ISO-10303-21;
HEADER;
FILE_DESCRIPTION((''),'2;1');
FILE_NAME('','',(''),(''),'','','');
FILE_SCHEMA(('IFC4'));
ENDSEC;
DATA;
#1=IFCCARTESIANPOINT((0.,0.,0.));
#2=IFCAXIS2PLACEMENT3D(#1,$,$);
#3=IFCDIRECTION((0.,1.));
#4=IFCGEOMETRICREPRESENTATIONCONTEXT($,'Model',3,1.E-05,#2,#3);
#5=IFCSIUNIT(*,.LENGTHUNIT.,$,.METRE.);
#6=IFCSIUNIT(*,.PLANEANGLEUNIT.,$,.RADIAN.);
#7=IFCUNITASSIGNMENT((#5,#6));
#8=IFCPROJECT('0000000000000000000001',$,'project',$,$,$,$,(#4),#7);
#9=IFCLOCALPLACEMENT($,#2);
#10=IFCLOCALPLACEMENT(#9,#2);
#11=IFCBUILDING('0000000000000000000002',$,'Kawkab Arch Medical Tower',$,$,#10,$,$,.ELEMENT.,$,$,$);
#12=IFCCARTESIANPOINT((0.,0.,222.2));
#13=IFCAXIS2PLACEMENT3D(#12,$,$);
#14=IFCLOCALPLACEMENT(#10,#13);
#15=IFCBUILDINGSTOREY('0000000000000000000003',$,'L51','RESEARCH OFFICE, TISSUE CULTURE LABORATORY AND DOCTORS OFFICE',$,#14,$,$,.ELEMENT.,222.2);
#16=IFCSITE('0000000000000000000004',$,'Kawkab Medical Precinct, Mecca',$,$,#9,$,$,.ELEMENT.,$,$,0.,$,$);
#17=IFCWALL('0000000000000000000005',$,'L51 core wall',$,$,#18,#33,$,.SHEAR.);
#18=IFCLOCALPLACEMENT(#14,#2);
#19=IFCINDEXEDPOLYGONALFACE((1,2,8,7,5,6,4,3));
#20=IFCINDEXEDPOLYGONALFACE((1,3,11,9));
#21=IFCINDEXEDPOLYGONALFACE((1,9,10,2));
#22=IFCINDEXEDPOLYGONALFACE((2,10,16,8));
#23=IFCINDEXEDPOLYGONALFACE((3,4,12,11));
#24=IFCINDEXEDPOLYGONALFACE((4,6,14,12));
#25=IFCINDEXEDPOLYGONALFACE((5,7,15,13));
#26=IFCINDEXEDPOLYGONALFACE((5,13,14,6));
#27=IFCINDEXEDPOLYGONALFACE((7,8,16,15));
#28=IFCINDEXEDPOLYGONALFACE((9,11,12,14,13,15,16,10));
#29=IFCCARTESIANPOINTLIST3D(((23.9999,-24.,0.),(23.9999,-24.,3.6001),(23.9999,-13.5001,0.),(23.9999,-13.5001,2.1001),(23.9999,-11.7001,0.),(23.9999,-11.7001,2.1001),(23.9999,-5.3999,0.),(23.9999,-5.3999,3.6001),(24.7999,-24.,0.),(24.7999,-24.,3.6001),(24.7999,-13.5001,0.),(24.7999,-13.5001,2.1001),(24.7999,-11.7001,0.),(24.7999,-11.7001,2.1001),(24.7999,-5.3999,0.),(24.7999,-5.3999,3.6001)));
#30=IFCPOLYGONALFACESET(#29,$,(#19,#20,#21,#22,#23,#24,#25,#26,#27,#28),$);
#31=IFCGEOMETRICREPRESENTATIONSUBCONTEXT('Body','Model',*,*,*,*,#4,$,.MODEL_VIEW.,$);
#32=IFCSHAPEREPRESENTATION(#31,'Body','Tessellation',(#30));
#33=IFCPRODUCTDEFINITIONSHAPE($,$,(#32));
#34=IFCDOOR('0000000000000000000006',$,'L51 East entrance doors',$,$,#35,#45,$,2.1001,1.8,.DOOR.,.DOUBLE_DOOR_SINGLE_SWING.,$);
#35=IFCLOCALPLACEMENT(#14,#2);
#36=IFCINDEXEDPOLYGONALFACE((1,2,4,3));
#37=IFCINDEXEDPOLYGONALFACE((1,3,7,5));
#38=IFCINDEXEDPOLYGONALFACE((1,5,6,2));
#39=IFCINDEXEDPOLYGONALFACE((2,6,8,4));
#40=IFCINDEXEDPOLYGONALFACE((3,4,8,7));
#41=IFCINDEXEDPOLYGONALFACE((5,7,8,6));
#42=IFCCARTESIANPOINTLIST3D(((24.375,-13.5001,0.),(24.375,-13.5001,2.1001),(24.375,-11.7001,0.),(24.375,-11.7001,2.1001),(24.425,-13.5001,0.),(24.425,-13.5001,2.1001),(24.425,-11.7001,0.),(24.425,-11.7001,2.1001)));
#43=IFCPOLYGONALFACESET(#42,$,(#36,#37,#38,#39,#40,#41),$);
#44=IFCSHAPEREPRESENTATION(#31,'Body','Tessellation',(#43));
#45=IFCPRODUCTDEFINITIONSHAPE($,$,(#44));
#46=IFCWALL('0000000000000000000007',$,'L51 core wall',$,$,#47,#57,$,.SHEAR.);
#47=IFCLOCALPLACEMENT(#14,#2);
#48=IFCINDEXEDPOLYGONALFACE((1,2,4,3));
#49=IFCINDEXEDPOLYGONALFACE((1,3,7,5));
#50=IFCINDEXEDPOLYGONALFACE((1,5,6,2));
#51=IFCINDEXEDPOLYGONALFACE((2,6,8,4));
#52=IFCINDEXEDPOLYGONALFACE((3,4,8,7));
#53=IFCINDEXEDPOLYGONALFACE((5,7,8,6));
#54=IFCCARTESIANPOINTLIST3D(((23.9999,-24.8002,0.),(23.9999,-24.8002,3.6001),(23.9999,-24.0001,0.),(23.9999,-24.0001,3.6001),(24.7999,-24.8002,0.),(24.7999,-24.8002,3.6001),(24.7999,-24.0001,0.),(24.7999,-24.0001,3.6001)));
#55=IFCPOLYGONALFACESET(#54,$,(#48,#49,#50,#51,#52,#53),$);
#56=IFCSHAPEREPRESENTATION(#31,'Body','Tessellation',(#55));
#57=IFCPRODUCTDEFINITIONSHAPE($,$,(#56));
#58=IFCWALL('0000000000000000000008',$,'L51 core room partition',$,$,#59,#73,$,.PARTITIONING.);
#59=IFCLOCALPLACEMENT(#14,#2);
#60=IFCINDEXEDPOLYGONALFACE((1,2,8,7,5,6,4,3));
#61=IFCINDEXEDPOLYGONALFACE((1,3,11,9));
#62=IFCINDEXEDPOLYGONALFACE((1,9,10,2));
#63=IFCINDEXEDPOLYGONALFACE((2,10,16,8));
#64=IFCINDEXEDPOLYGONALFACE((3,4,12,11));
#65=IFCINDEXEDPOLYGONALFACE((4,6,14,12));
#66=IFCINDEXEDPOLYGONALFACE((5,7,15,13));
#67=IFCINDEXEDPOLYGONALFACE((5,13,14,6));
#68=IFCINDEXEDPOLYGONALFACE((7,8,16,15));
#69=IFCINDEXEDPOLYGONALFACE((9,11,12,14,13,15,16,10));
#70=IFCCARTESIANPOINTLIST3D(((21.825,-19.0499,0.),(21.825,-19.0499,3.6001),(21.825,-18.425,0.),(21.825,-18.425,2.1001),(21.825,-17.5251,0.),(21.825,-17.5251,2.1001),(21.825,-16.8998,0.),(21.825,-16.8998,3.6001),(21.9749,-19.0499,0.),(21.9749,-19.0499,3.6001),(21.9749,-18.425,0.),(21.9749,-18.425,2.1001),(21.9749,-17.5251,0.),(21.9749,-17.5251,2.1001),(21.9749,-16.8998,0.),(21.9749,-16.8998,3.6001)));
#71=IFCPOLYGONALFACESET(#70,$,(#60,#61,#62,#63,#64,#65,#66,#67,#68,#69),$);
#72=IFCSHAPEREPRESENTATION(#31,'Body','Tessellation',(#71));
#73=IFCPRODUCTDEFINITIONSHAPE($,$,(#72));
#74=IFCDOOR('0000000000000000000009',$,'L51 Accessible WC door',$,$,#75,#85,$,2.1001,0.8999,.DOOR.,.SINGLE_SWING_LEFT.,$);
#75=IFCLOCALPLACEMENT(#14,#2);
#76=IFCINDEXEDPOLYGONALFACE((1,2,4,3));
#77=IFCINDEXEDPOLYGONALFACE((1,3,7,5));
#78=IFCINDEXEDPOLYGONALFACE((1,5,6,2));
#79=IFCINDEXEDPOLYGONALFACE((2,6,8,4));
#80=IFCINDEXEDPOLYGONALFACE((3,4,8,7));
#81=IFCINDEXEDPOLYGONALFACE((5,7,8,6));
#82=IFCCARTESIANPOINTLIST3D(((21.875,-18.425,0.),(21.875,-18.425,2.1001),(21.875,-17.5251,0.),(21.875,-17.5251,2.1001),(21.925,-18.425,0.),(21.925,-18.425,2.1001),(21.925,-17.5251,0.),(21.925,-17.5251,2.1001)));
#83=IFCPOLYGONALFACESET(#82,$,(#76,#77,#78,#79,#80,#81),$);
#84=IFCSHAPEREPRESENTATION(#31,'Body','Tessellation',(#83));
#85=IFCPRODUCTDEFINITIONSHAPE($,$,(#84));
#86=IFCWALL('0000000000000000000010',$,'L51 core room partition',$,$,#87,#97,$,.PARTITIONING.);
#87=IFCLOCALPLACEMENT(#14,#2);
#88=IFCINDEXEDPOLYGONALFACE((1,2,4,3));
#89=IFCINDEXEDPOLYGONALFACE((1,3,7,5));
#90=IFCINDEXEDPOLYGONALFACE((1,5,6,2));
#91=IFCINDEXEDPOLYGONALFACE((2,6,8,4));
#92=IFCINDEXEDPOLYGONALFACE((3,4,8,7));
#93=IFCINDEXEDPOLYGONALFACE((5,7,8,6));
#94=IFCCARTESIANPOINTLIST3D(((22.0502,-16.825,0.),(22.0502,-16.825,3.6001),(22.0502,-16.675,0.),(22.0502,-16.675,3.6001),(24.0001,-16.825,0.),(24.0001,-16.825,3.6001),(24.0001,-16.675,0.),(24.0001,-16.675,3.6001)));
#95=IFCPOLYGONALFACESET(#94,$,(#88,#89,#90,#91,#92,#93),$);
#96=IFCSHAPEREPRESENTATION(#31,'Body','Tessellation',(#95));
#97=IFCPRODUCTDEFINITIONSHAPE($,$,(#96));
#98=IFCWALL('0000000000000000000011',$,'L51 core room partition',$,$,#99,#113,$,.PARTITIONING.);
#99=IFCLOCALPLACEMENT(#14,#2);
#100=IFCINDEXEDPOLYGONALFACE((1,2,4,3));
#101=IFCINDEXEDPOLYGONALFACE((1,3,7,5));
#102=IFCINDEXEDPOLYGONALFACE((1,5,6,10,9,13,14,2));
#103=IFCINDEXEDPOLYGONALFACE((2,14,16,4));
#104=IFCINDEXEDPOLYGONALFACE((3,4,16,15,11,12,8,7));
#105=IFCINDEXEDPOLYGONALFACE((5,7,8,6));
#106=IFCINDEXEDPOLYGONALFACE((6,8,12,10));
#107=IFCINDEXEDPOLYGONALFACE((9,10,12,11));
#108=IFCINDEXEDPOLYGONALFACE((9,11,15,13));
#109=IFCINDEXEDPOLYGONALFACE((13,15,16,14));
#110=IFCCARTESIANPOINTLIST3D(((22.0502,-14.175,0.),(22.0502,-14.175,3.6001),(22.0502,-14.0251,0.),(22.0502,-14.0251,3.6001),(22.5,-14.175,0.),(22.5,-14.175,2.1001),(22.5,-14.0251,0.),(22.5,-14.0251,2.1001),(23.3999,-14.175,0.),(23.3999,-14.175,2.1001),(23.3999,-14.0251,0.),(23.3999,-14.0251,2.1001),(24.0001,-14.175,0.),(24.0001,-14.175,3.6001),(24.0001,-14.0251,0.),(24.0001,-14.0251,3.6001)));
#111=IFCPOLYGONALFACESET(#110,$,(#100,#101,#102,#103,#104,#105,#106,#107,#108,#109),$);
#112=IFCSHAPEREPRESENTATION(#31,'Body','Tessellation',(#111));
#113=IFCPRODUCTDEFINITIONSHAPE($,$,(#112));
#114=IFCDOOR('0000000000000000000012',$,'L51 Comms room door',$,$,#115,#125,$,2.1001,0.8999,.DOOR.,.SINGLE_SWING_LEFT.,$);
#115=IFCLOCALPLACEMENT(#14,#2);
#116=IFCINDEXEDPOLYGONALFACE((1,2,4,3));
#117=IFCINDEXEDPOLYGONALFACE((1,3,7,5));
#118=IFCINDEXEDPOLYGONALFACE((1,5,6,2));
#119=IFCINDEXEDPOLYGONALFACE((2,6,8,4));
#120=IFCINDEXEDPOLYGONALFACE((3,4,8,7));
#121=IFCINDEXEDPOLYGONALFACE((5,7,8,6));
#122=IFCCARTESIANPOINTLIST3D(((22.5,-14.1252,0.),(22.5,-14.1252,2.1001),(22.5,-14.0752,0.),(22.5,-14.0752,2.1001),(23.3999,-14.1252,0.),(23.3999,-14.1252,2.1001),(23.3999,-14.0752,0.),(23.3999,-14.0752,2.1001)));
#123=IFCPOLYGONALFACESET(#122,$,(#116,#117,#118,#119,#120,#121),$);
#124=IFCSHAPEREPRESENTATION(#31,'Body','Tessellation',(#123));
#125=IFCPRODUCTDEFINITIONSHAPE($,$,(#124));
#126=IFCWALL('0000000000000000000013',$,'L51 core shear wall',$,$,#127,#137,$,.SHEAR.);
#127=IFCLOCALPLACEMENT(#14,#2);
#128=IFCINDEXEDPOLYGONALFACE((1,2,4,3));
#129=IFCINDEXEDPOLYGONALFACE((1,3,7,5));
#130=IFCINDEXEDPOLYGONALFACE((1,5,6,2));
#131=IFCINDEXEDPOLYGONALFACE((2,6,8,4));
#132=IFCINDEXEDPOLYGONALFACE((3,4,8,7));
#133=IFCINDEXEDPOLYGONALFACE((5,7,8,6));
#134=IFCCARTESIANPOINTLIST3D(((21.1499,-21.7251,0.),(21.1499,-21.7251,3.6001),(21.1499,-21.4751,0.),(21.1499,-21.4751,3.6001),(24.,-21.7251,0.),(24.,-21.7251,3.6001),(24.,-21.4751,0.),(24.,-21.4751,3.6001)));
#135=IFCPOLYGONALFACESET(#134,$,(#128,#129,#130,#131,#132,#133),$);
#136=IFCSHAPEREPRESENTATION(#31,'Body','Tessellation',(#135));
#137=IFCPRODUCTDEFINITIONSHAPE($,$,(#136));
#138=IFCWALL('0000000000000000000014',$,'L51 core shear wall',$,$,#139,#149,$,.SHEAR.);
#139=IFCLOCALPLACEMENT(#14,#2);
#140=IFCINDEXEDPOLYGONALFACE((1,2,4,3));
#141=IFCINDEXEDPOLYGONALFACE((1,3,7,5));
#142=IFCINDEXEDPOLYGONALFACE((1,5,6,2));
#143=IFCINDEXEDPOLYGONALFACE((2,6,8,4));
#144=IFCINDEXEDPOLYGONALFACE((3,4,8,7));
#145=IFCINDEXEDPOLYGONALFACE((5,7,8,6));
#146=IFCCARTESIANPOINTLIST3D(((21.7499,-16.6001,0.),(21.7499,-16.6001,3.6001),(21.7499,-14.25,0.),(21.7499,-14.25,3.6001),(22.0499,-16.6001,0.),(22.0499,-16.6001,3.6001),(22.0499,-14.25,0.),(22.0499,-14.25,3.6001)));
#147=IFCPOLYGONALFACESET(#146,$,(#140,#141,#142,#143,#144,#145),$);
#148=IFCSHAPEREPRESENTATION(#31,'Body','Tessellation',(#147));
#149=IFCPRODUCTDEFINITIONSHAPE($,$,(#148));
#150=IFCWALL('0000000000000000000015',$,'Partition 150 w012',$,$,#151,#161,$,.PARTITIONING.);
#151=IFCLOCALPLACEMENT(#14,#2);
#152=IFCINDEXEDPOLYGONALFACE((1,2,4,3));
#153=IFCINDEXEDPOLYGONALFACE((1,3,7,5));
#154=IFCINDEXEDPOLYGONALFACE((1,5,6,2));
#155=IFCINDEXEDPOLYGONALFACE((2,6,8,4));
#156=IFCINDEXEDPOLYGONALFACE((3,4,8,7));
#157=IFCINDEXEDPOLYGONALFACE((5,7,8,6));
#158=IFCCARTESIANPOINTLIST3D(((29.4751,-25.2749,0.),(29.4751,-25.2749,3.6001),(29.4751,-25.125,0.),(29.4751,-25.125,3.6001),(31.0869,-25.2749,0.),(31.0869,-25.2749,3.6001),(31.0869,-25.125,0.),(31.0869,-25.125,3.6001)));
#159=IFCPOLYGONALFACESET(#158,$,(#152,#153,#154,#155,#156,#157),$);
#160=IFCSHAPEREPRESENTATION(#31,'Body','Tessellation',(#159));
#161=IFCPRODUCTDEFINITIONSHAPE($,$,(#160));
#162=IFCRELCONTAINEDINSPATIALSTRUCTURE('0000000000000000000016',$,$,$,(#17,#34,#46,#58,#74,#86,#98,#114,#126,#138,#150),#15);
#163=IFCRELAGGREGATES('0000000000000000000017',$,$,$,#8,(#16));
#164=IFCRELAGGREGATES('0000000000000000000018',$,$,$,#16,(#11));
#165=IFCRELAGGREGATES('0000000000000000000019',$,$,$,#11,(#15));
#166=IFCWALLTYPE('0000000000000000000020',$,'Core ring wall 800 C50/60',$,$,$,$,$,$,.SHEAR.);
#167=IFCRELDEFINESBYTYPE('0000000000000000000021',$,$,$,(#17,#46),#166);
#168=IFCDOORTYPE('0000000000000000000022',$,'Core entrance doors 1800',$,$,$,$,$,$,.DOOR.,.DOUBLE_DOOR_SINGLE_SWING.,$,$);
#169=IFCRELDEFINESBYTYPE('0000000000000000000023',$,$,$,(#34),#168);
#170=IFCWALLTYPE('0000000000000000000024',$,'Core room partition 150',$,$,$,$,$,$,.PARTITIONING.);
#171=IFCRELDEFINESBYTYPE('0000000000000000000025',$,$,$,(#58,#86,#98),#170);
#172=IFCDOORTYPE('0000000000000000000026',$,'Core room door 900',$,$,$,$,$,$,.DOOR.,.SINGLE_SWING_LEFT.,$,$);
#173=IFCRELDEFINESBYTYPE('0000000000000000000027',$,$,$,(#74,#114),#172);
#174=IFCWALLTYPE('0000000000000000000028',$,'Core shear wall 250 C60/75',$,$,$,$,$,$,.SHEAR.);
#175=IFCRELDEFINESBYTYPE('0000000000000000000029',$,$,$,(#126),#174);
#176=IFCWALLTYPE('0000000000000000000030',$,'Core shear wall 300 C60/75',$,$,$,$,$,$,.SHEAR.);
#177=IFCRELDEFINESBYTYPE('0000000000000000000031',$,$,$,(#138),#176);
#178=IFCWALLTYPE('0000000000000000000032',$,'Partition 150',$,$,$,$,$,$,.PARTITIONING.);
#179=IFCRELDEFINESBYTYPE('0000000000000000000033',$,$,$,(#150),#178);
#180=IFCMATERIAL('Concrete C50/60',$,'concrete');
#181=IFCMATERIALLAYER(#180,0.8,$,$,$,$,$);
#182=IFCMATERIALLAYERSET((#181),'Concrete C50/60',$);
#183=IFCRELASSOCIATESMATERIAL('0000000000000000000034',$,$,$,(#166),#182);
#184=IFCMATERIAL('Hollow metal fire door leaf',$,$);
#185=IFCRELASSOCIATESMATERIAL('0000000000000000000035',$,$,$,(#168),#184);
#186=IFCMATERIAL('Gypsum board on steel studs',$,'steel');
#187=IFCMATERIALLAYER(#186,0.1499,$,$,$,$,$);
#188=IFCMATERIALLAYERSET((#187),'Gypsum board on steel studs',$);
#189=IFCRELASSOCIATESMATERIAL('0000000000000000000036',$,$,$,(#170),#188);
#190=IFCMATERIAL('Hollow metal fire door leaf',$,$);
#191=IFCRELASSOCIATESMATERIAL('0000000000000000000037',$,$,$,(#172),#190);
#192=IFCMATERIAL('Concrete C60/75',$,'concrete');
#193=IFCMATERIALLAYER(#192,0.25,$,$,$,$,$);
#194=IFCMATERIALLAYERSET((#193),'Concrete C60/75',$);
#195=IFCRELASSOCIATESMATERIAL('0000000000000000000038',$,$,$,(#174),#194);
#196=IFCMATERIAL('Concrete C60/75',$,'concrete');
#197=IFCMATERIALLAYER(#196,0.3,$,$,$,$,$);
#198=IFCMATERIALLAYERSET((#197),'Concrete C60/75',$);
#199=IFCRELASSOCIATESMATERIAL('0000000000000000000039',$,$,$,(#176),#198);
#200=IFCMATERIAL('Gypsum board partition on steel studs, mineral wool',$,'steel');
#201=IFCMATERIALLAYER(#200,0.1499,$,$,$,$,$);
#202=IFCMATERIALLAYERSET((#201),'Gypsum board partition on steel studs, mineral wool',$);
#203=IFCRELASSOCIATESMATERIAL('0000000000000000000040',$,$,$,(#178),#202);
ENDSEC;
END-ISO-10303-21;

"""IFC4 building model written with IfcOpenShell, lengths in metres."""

from ifc_helpers import new_model, si_unit, direction, frame, frame_2d, origin, place, context, subcontext, project, spatial, rectangle, extrude, material, layer, layer_set, type_object, element, fill, save


model = new_model("IFC4")

# Units and contexts
model_context = context("Model", 3, precision=1e-05, world=origin(), true_north=direction((0.0, 1.0)))
body_context = subcontext(model_context, "Body", "Model", "MODEL_VIEW")
ifc_project = project(units=[si_unit("LENGTHUNIT", "METRE"), si_unit("PLANEANGLEUNIT", "RADIAN")], contexts=[model_context])

# Site, building, storey
site_placement = place(None, origin())
site = spatial("IfcSite", under=ifc_project, at=site_placement, Name="Kawkab Medical Precinct, Mecca", CompositionType="ELEMENT", RefElevation=0.0)
building_placement = place(site_placement, origin())
building = spatial("IfcBuilding", under=site, at=building_placement, Name="Kawkab Arch Medical Tower", CompositionType="ELEMENT")
storey_placement = place(building_placement, frame((0.0, 0.0, 222.2)))
storey = spatial("IfcBuildingStorey", under=building, at=storey_placement, Name="L51", Description="RESEARCH OFFICE, TISSUE CULTURE LABORATORY AND DOCTORS OFFICE", CompositionType="ELEMENT", Elevation=222.2)

# Wall, opening, door
ifc_material_1 = material(Name="Concrete C50/60", Category="concrete")
ifc_layer_1 = layer(ifc_material_1, 0.8)
ifc_layer_set_1 = layer_set([ifc_layer_1], Name="Concrete C50/60")
wall_type_1 = type_object("IfcWallType", Name="Core ring wall 800 C50/60", PredefinedType="SHEAR", material=ifc_layer_set_1)
wall_1_placement = place(storey_placement, frame((24.3999, -24.0, 0.0), z_axis=(0.0, 0.0, 1.0), x_axis=(0.0, 1.0, 0.0)))
wall_1 = element("IfcWall", 1, at=wall_1_placement, inside=storey, type_object=wall_type_1, Name="L51 core wall", PredefinedType="SHEAR", context=body_context, shape_type="SweptSolid", body=[
    extrude(rectangle(XDim=18.6001, YDim=0.8, at=frame_2d((9.3, 0.0))), origin(), (0.0, 0.0, 1.0), 3.6001),
])
opening_1_placement = place(wall_1_placement, frame((10.5, 0.0, 0.0)))
opening_1 = element("IfcOpeningElement", 2, at=opening_1_placement, cuts=wall_1, PredefinedType="OPENING", context=body_context, shape_type="SweptSolid", body=[
    extrude(rectangle(XDim=1.8, YDim=2.1001, at=frame_2d((0.8999, 1.05))), frame((0.0, 0.4099, 0.0), z_axis=(0.0, -1.0, 0.0), x_axis=(1.0, 0.0, 0.0)), (0.0, 0.0, 1.0), 0.8201),
])
ifc_material_2 = material(Name="Hollow metal fire door leaf")
door_type_1 = type_object("IfcDoorType", Name="Core entrance doors 1800", OperationType="DOUBLE_DOOR_SINGLE_SWING", PredefinedType="DOOR", material=ifc_material_2)
door_1_placement = place(opening_1_placement, origin())
door_1 = element("IfcDoor", 3, at=door_1_placement, inside=storey, type_object=door_type_1, Name="L51 East entrance doors", OperationType="DOUBLE_DOOR_SINGLE_SWING", OverallHeight=2.1001, OverallWidth=1.8, PredefinedType="DOOR", context=body_context, shape_type="SweptSolid", body=[
    extrude(rectangle(XDim=1.8, YDim=2.1001, at=frame_2d((0.8999, 1.05))), frame((0.0, 0.0249, 0.0), z_axis=(0.0, -1.0, 0.0), x_axis=(1.0, 0.0, 0.0)), (0.0, 0.0, 1.0), 0.05),
])
fill(opening_1, door_1)

# Wall
wall_2_placement = place(storey_placement, frame((24.3999, -24.8, 0.0), z_axis=(0.0, 0.0, 1.0), x_axis=(0.0, 1.0, 0.0)))
element("IfcWall", 4, at=wall_2_placement, inside=storey, type_object=wall_type_1, Name="L51 core wall", PredefinedType="SHEAR", context=body_context, shape_type="SweptSolid", body=[
    extrude(rectangle(XDim=0.8, YDim=0.8, at=frame_2d((0.3999, 0.0))), origin(), (0.0, 0.0, 1.0), 3.6001),
])

# Wall, opening, door
ifc_material_3 = material(Name="Gypsum board on steel studs", Category="steel")
ifc_layer_2 = layer(ifc_material_3, 0.1499)
ifc_layer_set_2 = layer_set([ifc_layer_2], Name="Gypsum board on steel studs")
wall_type_2 = type_object("IfcWallType", Name="Core room partition 150", PredefinedType="PARTITIONING", material=ifc_layer_set_2)
wall_3_placement = place(storey_placement, frame((21.8999, -19.05, 0.0), z_axis=(0.0, 0.0, 1.0), x_axis=(0.0, 1.0, 0.0)))
wall_3 = element("IfcWall", 5, at=wall_3_placement, inside=storey, type_object=wall_type_2, Name="L51 core room partition", PredefinedType="PARTITIONING", context=body_context, shape_type="SweptSolid", body=[
    extrude(rectangle(XDim=2.1501, YDim=0.1499, at=frame_2d((1.0752, 0.0))), origin(), (0.0, 0.0, 1.0), 3.6001),
])
opening_2_placement = place(wall_3_placement, frame((0.625, 0.0, 0.0)))
opening_2 = element("IfcOpeningElement", 6, at=opening_2_placement, cuts=wall_3, PredefinedType="OPENING", context=body_context, shape_type="SweptSolid", body=[
    extrude(rectangle(XDim=0.8999, YDim=2.1001, at=frame_2d((0.45, 1.05))), frame((0.0, 0.085, 0.0), z_axis=(0.0, -1.0, 0.0), x_axis=(1.0, 0.0, 0.0)), (0.0, 0.0, 1.0), 0.1699),
])
ifc_material_4 = material(Name="Hollow metal fire door leaf")
door_type_2 = type_object("IfcDoorType", Name="Core room door 900", OperationType="SINGLE_SWING_LEFT", PredefinedType="DOOR", material=ifc_material_4)
door_2_placement = place(opening_2_placement, origin())
door_2 = element("IfcDoor", 7, at=door_2_placement, inside=storey, type_object=door_type_2, Name="L51 Accessible WC door", OperationType="SINGLE_SWING_LEFT", OverallHeight=2.1001, OverallWidth=0.8999, PredefinedType="DOOR", context=body_context, shape_type="SweptSolid", body=[
    extrude(rectangle(XDim=0.8999, YDim=2.1001, at=frame_2d((0.45, 1.05))), frame((0.0, 0.0249, 0.0), z_axis=(0.0, -1.0, 0.0), x_axis=(1.0, 0.0, 0.0)), (0.0, 0.0, 1.0), 0.05),
])
fill(opening_2, door_2)

# Wall
wall_4_placement = place(storey_placement, frame((22.05, -16.75, 0.0), z_axis=(0.0, 0.0, 1.0), x_axis=(1.0, 0.0, 0.0)))
element("IfcWall", 8, at=wall_4_placement, inside=storey, type_object=wall_type_2, Name="L51 core room partition", PredefinedType="PARTITIONING", context=body_context, shape_type="SweptSolid", body=[
    extrude(rectangle(XDim=1.95, YDim=0.1499, at=frame_2d((0.9751, 0.0))), origin(), (0.0, 0.0, 1.0), 3.6001),
])

# Wall, opening, door
wall_5_placement = place(storey_placement, frame((22.05, -14.1001, 0.0), z_axis=(0.0, 0.0, 1.0), x_axis=(1.0, 0.0, 0.0)))
wall_5 = element("IfcWall", 9, at=wall_5_placement, inside=storey, type_object=wall_type_2, Name="L51 core room partition", PredefinedType="PARTITIONING", context=body_context, shape_type="SweptSolid", body=[
    extrude(rectangle(XDim=1.95, YDim=0.1499, at=frame_2d((0.9751, 0.0))), origin(), (0.0, 0.0, 1.0), 3.6001),
])
opening_3_placement = place(wall_5_placement, frame((0.45, 0.0, 0.0)))
opening_3 = element("IfcOpeningElement", 10, at=opening_3_placement, cuts=wall_5, PredefinedType="OPENING", context=body_context, shape_type="SweptSolid", body=[
    extrude(rectangle(XDim=0.8999, YDim=2.1001, at=frame_2d((0.45, 1.05))), frame((0.0, 0.085, 0.0), z_axis=(0.0, -1.0, 0.0), x_axis=(1.0, 0.0, 0.0)), (0.0, 0.0, 1.0), 0.1699),
])
door_3_placement = place(opening_3_placement, origin())
door_3 = element("IfcDoor", 11, at=door_3_placement, inside=storey, type_object=door_type_2, Name="L51 Comms room door", OperationType="SINGLE_SWING_LEFT", OverallHeight=2.1001, OverallWidth=0.8999, PredefinedType="DOOR", context=body_context, shape_type="SweptSolid", body=[
    extrude(rectangle(XDim=0.8999, YDim=2.1001, at=frame_2d((0.45, 1.05))), frame((0.0, 0.0249, 0.0), z_axis=(0.0, -1.0, 0.0), x_axis=(1.0, 0.0, 0.0)), (0.0, 0.0, 1.0), 0.05),
])
fill(opening_3, door_3)

# Walls
ifc_material_5 = material(Name="Concrete C60/75", Category="concrete")
ifc_layer_3 = layer(ifc_material_5, 0.25)
ifc_layer_set_3 = layer_set([ifc_layer_3], Name="Concrete C60/75")
wall_type_3 = type_object("IfcWallType", Name="Core shear wall 250 C60/75", PredefinedType="SHEAR", material=ifc_layer_set_3)
wall_6_placement = place(storey_placement, frame((21.1499, -21.6001, 0.0), z_axis=(0.0, 0.0, 1.0), x_axis=(1.0, 0.0, 0.0)))
element("IfcWall", 12, at=wall_6_placement, inside=storey, type_object=wall_type_3, Name="L51 core shear wall", PredefinedType="SHEAR", context=body_context, shape_type="SweptSolid", body=[
    extrude(rectangle(XDim=2.8501, YDim=0.25, at=frame_2d((1.425, 0.0))), origin(), (0.0, 0.0, 1.0), 3.6001),
])
ifc_material_6 = material(Name="Concrete C60/75", Category="concrete")
ifc_layer_4 = layer(ifc_material_6, 0.3)
ifc_layer_set_4 = layer_set([ifc_layer_4], Name="Concrete C60/75")
wall_type_4 = type_object("IfcWallType", Name="Core shear wall 300 C60/75", PredefinedType="SHEAR", material=ifc_layer_set_4)
wall_7_placement = place(storey_placement, frame((21.8999, -16.6001, 0.0), z_axis=(0.0, 0.0, 1.0), x_axis=(0.0, 1.0, 0.0)))
element("IfcWall", 13, at=wall_7_placement, inside=storey, type_object=wall_type_4, Name="L51 core shear wall", PredefinedType="SHEAR", context=body_context, shape_type="SweptSolid", body=[
    extrude(rectangle(XDim=2.3501, YDim=0.3, at=frame_2d((1.175, 0.0))), origin(), (0.0, 0.0, 1.0), 3.6001),
])
ifc_material_7 = material(Name="Gypsum board partition on steel studs, mineral wool", Category="steel")
ifc_layer_5 = layer(ifc_material_7, 0.1499)
ifc_layer_set_5 = layer_set([ifc_layer_5], Name="Gypsum board partition on steel studs, mineral wool")
wall_type_5 = type_object("IfcWallType", Name="Partition 150", PredefinedType="PARTITIONING", material=ifc_layer_set_5)
wall_8_placement = place(storey_placement, frame((29.4751, -25.2, 0.0), z_axis=(0.0, 0.0, 1.0), x_axis=(1.0, 0.0, 0.0)))
element("IfcWall", 14, at=wall_8_placement, inside=storey, type_object=wall_type_5, Name="Partition 150 w012", PredefinedType="PARTITIONING", context=body_context, shape_type="SweptSolid", body=[
    extrude(rectangle(XDim=1.6118, YDim=0.1499, at=frame_2d((0.8059, 0.0))), origin(), (0.0, 0.0, 1.0), 3.6001),
])

save(model, "model.ifc")
